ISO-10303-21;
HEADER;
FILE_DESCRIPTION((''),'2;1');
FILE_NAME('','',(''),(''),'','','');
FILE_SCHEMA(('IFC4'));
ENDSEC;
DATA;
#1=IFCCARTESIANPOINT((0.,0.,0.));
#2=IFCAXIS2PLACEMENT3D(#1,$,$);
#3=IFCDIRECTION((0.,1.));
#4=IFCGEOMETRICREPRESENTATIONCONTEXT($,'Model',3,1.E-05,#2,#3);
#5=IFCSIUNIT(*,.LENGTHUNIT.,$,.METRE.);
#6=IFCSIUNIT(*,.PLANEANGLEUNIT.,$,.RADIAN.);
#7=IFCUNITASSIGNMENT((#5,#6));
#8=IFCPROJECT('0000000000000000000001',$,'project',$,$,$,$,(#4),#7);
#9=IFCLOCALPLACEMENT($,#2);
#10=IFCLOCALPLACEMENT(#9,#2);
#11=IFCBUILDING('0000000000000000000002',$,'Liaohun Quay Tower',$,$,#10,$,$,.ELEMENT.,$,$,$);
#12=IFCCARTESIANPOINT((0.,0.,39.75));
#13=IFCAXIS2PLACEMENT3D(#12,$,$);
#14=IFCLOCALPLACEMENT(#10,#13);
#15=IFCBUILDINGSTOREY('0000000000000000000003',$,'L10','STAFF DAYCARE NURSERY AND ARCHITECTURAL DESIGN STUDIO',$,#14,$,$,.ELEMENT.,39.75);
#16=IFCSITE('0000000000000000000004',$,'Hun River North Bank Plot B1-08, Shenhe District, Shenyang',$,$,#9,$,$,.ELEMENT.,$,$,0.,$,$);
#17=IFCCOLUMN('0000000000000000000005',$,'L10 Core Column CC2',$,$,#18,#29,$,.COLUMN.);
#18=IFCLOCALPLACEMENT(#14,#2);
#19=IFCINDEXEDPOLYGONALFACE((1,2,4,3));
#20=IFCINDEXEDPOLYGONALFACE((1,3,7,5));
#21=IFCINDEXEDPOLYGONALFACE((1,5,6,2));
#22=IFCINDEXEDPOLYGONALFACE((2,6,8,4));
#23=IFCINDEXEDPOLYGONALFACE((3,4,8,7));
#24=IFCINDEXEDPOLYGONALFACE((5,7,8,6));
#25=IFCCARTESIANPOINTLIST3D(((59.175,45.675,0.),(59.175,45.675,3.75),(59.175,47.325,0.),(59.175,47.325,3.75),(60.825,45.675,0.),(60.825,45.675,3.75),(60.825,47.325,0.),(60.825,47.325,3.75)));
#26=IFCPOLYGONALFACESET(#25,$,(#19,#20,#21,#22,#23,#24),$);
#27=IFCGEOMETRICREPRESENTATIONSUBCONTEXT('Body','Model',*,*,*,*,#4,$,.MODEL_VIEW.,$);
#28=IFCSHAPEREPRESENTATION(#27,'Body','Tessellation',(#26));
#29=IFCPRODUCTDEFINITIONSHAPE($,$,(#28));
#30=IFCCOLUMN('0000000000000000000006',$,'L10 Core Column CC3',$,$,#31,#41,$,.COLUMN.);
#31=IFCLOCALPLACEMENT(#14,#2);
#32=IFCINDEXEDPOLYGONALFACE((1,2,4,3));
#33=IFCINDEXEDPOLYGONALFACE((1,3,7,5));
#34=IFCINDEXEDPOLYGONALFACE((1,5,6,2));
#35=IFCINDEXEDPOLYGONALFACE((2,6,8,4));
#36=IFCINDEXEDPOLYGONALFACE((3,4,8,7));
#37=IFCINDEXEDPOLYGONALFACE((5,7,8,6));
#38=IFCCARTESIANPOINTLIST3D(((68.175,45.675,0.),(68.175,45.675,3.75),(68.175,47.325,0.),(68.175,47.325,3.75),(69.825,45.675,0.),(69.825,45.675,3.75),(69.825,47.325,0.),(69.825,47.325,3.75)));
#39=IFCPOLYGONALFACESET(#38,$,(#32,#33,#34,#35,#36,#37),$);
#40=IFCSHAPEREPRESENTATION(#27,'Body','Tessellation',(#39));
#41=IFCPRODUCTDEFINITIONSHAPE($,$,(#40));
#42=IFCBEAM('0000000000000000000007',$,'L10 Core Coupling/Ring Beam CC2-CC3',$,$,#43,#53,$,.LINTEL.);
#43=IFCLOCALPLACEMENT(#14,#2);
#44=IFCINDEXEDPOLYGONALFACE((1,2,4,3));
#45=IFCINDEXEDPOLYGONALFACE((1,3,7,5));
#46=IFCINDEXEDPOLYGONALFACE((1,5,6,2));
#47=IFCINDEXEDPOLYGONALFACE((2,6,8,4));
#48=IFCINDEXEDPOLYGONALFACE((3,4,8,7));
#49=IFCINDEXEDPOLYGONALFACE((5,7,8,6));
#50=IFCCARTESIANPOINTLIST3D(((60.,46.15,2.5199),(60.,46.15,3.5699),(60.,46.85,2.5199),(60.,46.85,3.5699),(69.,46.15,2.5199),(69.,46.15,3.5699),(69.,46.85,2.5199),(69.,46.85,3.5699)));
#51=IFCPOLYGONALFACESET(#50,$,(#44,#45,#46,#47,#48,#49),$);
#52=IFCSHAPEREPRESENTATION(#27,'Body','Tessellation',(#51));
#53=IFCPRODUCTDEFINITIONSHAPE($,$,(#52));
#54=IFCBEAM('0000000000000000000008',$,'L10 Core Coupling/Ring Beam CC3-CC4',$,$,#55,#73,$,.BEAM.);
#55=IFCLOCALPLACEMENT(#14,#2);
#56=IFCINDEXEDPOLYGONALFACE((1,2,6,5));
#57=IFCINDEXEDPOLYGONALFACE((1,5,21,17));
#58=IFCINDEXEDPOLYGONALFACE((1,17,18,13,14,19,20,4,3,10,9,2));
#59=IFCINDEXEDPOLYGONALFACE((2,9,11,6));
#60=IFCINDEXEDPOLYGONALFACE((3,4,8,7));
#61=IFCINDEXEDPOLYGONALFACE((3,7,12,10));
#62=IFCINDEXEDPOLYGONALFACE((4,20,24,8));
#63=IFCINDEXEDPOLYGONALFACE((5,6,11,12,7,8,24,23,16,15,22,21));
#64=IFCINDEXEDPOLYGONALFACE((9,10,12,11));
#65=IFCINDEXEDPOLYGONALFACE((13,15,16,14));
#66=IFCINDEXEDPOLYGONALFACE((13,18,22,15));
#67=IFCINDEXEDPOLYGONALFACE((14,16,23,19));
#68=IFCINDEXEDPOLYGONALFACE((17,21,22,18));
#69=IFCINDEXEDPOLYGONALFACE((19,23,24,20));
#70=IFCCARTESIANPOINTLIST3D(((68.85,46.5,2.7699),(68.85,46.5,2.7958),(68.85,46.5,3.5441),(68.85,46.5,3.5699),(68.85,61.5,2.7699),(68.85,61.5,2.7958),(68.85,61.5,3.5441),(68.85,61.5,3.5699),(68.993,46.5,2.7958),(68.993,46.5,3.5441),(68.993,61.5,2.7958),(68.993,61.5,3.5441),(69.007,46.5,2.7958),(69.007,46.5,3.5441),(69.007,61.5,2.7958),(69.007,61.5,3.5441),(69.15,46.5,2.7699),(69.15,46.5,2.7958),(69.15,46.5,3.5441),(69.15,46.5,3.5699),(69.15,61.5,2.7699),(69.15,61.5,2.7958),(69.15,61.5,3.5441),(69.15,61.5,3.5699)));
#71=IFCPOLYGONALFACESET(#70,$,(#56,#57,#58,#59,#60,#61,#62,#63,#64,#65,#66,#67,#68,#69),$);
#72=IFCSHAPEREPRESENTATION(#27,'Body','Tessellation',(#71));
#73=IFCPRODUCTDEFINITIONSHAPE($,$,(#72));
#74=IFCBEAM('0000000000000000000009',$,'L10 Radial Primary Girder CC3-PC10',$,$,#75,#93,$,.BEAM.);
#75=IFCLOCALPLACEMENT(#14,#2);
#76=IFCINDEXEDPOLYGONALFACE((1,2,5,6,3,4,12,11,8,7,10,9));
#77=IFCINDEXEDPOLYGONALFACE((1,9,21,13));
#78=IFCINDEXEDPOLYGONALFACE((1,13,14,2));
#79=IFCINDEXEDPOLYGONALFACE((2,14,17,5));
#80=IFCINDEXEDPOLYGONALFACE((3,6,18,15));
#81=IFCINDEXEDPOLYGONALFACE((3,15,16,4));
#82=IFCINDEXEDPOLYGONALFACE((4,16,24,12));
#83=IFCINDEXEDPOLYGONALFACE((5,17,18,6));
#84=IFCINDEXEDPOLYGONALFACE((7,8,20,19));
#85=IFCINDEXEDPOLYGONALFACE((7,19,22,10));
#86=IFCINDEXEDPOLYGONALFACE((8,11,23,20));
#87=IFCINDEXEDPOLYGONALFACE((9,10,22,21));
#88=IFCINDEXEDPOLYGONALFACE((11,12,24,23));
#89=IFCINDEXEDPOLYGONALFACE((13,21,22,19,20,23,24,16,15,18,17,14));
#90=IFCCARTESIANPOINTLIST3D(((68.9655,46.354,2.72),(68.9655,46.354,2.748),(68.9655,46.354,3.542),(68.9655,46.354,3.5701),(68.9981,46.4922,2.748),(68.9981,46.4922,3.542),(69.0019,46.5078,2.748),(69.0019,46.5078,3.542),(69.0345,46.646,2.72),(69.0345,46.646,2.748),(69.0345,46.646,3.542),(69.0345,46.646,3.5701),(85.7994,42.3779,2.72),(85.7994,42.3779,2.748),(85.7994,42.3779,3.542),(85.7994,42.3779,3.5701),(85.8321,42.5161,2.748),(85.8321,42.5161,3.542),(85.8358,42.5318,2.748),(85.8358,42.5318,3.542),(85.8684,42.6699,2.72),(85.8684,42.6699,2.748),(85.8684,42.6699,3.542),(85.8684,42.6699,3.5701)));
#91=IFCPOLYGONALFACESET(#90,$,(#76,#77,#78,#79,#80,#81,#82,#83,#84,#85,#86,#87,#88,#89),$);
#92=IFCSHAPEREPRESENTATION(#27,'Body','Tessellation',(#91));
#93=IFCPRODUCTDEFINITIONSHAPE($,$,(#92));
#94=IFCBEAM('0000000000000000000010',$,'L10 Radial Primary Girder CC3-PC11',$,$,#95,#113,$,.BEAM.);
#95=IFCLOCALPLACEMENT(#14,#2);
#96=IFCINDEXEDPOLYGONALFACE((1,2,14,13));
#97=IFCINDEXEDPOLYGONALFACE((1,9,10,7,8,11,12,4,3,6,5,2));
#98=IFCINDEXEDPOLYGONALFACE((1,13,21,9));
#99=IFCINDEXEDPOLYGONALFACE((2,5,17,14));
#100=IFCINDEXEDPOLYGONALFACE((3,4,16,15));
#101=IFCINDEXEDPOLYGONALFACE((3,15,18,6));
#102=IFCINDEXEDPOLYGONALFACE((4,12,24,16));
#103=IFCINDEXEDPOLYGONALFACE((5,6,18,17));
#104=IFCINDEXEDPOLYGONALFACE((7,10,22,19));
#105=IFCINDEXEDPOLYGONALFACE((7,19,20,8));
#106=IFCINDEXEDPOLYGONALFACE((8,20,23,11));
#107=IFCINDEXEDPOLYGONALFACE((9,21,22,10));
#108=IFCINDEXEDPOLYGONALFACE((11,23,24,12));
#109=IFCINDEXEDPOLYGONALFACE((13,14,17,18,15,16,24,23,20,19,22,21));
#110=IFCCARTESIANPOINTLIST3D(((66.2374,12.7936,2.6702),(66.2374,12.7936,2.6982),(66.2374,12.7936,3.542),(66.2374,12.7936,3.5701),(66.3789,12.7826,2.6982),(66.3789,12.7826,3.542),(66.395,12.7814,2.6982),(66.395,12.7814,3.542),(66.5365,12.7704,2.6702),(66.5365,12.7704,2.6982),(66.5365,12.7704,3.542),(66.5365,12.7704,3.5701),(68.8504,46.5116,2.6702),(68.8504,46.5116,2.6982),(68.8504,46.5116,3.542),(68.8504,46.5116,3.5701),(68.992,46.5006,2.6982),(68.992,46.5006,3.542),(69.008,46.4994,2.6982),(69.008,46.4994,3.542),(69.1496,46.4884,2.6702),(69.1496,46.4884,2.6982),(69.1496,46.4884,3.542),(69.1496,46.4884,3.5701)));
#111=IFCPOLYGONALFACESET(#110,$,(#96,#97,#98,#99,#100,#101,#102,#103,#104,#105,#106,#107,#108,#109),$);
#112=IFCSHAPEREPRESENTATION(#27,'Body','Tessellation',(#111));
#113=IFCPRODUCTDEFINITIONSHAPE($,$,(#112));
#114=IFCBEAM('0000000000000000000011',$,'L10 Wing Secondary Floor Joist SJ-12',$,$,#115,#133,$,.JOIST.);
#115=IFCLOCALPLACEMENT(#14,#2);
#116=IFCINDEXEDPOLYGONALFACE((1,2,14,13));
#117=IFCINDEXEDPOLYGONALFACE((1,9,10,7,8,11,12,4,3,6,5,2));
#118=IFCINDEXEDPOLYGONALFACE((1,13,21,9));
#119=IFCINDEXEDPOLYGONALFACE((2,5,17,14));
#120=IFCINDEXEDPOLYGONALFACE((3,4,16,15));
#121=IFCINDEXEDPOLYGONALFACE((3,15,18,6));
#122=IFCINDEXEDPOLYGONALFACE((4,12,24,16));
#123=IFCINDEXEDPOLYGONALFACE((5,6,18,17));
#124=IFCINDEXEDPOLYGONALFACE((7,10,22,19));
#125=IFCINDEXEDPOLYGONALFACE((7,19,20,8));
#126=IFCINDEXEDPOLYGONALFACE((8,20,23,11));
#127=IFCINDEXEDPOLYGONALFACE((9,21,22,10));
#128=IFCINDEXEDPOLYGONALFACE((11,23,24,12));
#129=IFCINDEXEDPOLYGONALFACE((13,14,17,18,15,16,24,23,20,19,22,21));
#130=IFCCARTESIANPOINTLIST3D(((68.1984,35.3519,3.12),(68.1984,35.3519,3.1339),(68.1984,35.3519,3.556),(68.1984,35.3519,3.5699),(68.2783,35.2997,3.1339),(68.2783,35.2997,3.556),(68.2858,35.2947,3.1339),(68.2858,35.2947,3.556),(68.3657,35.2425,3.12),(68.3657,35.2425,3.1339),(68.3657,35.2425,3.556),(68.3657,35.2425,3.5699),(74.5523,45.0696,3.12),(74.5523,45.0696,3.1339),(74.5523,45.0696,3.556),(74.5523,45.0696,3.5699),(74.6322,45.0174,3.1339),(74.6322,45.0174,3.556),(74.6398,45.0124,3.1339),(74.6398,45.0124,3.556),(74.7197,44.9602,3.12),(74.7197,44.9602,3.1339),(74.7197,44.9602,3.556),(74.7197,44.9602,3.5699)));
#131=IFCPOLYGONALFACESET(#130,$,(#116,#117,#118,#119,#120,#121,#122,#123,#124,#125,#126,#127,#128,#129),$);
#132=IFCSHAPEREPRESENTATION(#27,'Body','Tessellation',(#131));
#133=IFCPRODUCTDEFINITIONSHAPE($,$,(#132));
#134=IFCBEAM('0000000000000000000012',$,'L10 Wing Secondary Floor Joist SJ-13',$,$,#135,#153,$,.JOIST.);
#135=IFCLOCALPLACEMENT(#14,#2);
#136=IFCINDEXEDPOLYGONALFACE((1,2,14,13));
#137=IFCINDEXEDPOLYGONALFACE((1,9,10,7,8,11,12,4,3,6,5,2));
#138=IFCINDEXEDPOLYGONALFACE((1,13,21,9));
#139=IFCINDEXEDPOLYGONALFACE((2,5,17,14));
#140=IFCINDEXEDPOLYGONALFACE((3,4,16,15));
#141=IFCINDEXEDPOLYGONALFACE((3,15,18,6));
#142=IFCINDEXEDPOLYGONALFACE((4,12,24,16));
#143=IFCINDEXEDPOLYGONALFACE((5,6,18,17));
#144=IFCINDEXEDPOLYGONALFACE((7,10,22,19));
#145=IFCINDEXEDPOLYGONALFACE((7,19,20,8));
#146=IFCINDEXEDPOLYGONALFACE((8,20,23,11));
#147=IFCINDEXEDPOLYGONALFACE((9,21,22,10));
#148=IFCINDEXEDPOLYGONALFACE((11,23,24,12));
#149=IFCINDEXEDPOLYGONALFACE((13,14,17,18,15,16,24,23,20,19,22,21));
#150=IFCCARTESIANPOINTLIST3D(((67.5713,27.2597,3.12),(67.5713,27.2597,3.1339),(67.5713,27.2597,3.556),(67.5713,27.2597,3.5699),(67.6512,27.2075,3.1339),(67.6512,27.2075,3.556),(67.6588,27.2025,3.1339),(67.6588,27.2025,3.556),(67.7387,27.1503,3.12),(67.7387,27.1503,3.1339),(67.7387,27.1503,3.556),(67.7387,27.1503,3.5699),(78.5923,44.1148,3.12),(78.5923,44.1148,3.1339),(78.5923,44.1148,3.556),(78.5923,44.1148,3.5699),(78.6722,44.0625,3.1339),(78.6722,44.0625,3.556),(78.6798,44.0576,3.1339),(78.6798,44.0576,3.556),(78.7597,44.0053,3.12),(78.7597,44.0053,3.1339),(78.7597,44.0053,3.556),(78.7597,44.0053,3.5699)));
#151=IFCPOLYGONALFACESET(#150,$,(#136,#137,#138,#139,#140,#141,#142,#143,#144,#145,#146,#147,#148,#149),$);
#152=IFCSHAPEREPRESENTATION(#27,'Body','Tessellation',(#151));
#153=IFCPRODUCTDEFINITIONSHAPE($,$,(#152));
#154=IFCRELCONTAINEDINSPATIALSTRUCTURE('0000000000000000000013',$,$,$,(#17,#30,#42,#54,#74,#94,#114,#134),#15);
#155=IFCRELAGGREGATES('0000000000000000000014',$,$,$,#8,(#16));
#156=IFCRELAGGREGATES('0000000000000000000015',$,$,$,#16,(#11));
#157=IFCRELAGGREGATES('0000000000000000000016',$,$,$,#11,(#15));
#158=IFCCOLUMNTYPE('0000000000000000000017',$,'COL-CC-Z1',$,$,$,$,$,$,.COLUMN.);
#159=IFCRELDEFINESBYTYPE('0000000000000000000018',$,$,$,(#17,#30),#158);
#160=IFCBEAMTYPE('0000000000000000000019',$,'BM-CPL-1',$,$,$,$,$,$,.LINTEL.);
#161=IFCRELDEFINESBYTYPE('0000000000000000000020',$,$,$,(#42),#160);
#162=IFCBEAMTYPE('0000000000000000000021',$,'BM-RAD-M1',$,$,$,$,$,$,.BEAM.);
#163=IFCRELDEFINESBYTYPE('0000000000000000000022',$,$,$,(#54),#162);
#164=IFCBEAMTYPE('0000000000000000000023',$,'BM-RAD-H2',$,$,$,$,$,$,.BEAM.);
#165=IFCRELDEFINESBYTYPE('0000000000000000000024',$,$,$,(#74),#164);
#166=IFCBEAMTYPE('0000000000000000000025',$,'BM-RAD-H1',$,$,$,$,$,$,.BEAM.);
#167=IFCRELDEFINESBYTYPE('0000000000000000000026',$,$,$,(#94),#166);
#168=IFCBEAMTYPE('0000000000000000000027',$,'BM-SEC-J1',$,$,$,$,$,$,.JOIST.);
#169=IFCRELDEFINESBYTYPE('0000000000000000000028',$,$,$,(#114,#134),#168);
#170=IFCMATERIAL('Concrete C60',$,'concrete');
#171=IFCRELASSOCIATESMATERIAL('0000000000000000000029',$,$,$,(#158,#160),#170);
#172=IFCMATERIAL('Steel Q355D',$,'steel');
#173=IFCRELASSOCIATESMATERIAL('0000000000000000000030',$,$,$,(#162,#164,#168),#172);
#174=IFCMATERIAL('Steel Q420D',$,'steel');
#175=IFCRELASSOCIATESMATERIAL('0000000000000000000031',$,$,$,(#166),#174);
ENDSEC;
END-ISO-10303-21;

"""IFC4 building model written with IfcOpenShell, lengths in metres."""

from ifc_helpers import new_model, si_unit, direction, frame, origin, origin_2d, place, context, subcontext, project, spatial, rectangle, i_section, extrude, source, transform, mapped, material, material_profile, profile_set, type_object, element, save


model = new_model("IFC4")

# Units and contexts
model_context = context("Model", 3, precision=1e-05, world=origin(), true_north=direction((0.0, 1.0)))
body_context = subcontext(model_context, "Body", "Model", "MODEL_VIEW")
ifc_project = project(units=[si_unit("LENGTHUNIT", "METRE"), si_unit("PLANEANGLEUNIT", "RADIAN")], contexts=[model_context])

# Site, building, storey
site_placement = place(None, origin())
site = spatial("IfcSite", under=ifc_project, at=site_placement, Name="Hun River North Bank Plot B1-08, Shenhe District, Shenyang", CompositionType="ELEMENT", RefElevation=0.0)
building_placement = place(site_placement, origin())
building = spatial("IfcBuilding", under=site, at=building_placement, Name="Liaohun Quay Tower", CompositionType="ELEMENT")
storey_placement = place(building_placement, frame((0.0, 0.0, 39.75)))
storey = spatial("IfcBuildingStorey", under=building, at=storey_placement, Name="L10", Description="STAFF DAYCARE NURSERY AND ARCHITECTURAL DESIGN STUDIO", CompositionType="ELEMENT", Elevation=39.75)

# Columns
ifc_material_1 = material(Name="Concrete C60", Category="concrete")
ifc_material_profile_1 = material_profile(ifc_material_1, rectangle(XDim=1.6499, YDim=1.6499, at=origin_2d()), Name="RC1650x1650")
ifc_profile_set_1 = profile_set([ifc_material_profile_1], Name="Concrete C60")
column_type = type_object("IfcColumnType", Name="COL-CC-Z1", PredefinedType="COLUMN", material=ifc_profile_set_1)
shared_shape_1 = source(origin(), body_context, "Body", "SweptSolid", [
    extrude(rectangle(XDim=1.6499, YDim=1.6499, at=origin_2d()), origin(), (0.0, 0.0, 1.0), 3.75),
])
for number, where, z_axis, x_axis, name in (
    (1, (60.0, 46.5, 0.0), (0.0, 0.0, 1.0), (1.0, 0.0, 0.0), "L10 Core Column CC2"),
    (2, (69.0, 46.5, 0.0), (0.0, 0.0, 1.0), (1.0, 0.0, 0.0), "L10 Core Column CC3"),
):
    element("IfcColumn", number, at=place(storey_placement, frame(where, z_axis=z_axis, x_axis=x_axis)), inside=storey, type_object=column_type, Name=name, PredefinedType="COLUMN", context=body_context, shape_type="MappedRepresentation", body=[
        mapped(shared_shape_1, transform((0.0, 0.0, 0.0), x_axis=(1.0, 0.0, 0.0), y_axis=(0.0, 1.0, 0.0), z_axis=(0.0, 0.0, 1.0), scale=1.0)),
    ])

# Beams
ifc_material_profile_2 = material_profile(ifc_material_1, rectangle(XDim=0.7, YDim=1.05, at=origin_2d()), Name="RC700x1050")
ifc_profile_set_2 = profile_set([ifc_material_profile_2], Name="Concrete C60")
beam_type_1 = type_object("IfcBeamType", Name="BM-CPL-1", PredefinedType="LINTEL", material=ifc_profile_set_2)
shared_shape_2 = source(origin(), body_context, "Body", "SweptSolid", [
    extrude(rectangle(XDim=0.7, YDim=1.05, at=origin_2d()), origin(), (0.0, 0.0, 1.0), 9.0),
])
beam_1_placement = place(storey_placement, frame((60.0, 46.5, 3.0449), z_axis=(1.0, 0.0, 0.0), x_axis=(0.0, 1.0, 0.0)))
element("IfcBeam", 3, at=beam_1_placement, inside=storey, type_object=beam_type_1, Name="L10 Core Coupling/Ring Beam CC2-CC3", PredefinedType="LINTEL", context=body_context, shape_type="MappedRepresentation", body=[
    mapped(shared_shape_2, transform((0.0, 0.0, 0.0), x_axis=(1.0, 0.0, 0.0), y_axis=(0.0, 1.0, 0.0), z_axis=(0.0, 0.0, 1.0), scale=1.0)),
])
ifc_material_2 = material(Name="Steel Q355D", Category="steel")
ifc_material_profile_3 = material_profile(ifc_material_2, i_section(OverallWidth=0.3, OverallDepth=0.8, WebThickness=0.0139, FlangeThickness=0.0259, at=origin_2d()), Name="HN800x300x14x26")
ifc_profile_set_3 = profile_set([ifc_material_profile_3], Name="Steel Q355D")
beam_type_2 = type_object("IfcBeamType", Name="BM-RAD-M1", PredefinedType="BEAM", material=ifc_profile_set_3)
shared_shape_3 = source(origin(), body_context, "Body", "SweptSolid", [
    extrude(i_section(OverallWidth=0.3, OverallDepth=0.8, WebThickness=0.0139, FlangeThickness=0.0259, at=origin_2d()), origin(), (0.0, 0.0, 1.0), 15.0),
])
beam_2_placement = place(storey_placement, frame((69.0, 46.5, 3.1699), z_axis=(0.0, 1.0, 0.0), x_axis=(-1.0, 0.0, 0.0)))
element("IfcBeam", 4, at=beam_2_placement, inside=storey, type_object=beam_type_2, Name="L10 Core Coupling/Ring Beam CC3-CC4", PredefinedType="BEAM", context=body_context, shape_type="MappedRepresentation", body=[
    mapped(shared_shape_3, transform((0.0, 0.0, 0.0), x_axis=(1.0, 0.0, 0.0), y_axis=(0.0, 1.0, 0.0), z_axis=(0.0, 0.0, 1.0), scale=1.0)),
])
ifc_material_profile_4 = material_profile(ifc_material_2, i_section(OverallWidth=0.3, OverallDepth=0.8501, WebThickness=0.0161, FlangeThickness=0.0281, at=origin_2d()), Name="HN850x300x16x28")
ifc_profile_set_4 = profile_set([ifc_material_profile_4], Name="Steel Q355D")
beam_type_3 = type_object("IfcBeamType", Name="BM-RAD-H2", PredefinedType="BEAM", material=ifc_profile_set_4)
shared_shape_4 = source(origin(), body_context, "Body", "SweptSolid", [
    extrude(i_section(OverallWidth=0.3, OverallDepth=0.8501, WebThickness=0.0161, FlangeThickness=0.0281, at=origin_2d()), origin(), (0.0, 0.0, 1.0), 17.2971),
])
beam_3_placement = place(storey_placement, frame((69.0, 46.5, 3.145), z_axis=(0.973222, -0.229868, 0.0), x_axis=(0.229868, 0.973222, 0.0)))
element("IfcBeam", 5, at=beam_3_placement, inside=storey, type_object=beam_type_3, Name="L10 Radial Primary Girder CC3-PC10", PredefinedType="BEAM", context=body_context, shape_type="MappedRepresentation", body=[
    mapped(shared_shape_4, transform((0.0, 0.0, 0.0), x_axis=(1.0, 0.0, 0.0), y_axis=(0.0, 1.0, 0.0), z_axis=(0.0, 0.0, 1.0), scale=1.0)),
])
ifc_material_3 = material(Name="Steel Q420D", Category="steel")
ifc_material_profile_5 = material_profile(ifc_material_3, i_section(OverallWidth=0.3, OverallDepth=0.8999, WebThickness=0.0161, FlangeThickness=0.0281, at=origin_2d()), Name="HN900x300x16x28")
ifc_profile_set_5 = profile_set([ifc_material_profile_5], Name="Steel Q420D")
beam_type_4 = type_object("IfcBeamType", Name="BM-RAD-H1", PredefinedType="BEAM", material=ifc_profile_set_5)
shared_shape_5 = source(origin(), body_context, "Body", "SweptSolid", [
    extrude(i_section(OverallWidth=0.3, OverallDepth=0.8999, WebThickness=0.0161, FlangeThickness=0.0281, at=origin_2d()), origin(), (0.0, 0.0, 1.0), 33.8191),
])
beam_4_placement = place(storey_placement, frame((69.0, 46.5, 3.1201), z_axis=(-0.077265, -0.997011, 0.0), x_axis=(0.997011, -0.077265, 0.0)))
element("IfcBeam", 6, at=beam_4_placement, inside=storey, type_object=beam_type_4, Name="L10 Radial Primary Girder CC3-PC11", PredefinedType="BEAM", context=body_context, shape_type="MappedRepresentation", body=[
    mapped(shared_shape_5, transform((0.0, 0.0, 0.0), x_axis=(1.0, 0.0, 0.0), y_axis=(0.0, 1.0, 0.0), z_axis=(0.0, 0.0, 1.0), scale=1.0)),
])
ifc_material_profile_6 = material_profile(ifc_material_2, i_section(OverallWidth=0.2, OverallDepth=0.45, WebThickness=0.009, FlangeThickness=0.0139, at=origin_2d()), Name="HN450x200x9x14")
ifc_profile_set_6 = profile_set([ifc_material_profile_6], Name="Steel Q355D")
beam_type_5 = type_object("IfcBeamType", Name="BM-SEC-J1", PredefinedType="JOIST", material=ifc_profile_set_6)
shared_shape_6 = source(origin(), body_context, "Body", "SweptSolid", [
    extrude(i_section(OverallWidth=0.2, OverallDepth=0.45, WebThickness=0.009, FlangeThickness=0.0139, at=origin_2d()), origin(), (0.0, 0.0, 1.0), 11.6106),
])
beam_5_placement = place(storey_placement, frame((74.636, 45.0149, 3.345), z_axis=(-0.547254, -0.836967, 0.0), x_axis=(0.836967, -0.547254, 0.0)))
element("IfcBeam", 7, at=beam_5_placement, inside=storey, type_object=beam_type_5, Name="L10 Wing Secondary Floor Joist SJ-12", PredefinedType="JOIST", context=body_context, shape_type="MappedRepresentation", body=[
    mapped(shared_shape_6, transform((0.0, 0.0, 0.0), x_axis=(1.0, 0.0, 0.0), y_axis=(0.0, 1.0, 0.0), z_axis=(0.0, 0.0, 1.0), scale=1.0)),
])
shared_shape_7 = source(origin(), body_context, "Body", "SweptSolid", [
    extrude(i_section(OverallWidth=0.2, OverallDepth=0.45, WebThickness=0.009, FlangeThickness=0.0139, at=origin_2d()), origin(), (0.0, 0.0, 1.0), 20.1384),
])
beam_6_placement = place(storey_placement, frame((78.676, 44.0601, 3.345), z_axis=(-0.547264, -0.83696, 0.0), x_axis=(0.83696, -0.547264, 0.0)))
element("IfcBeam", 8, at=beam_6_placement, inside=storey, type_object=beam_type_5, Name="L10 Wing Secondary Floor Joist SJ-13", PredefinedType="JOIST", context=body_context, shape_type="MappedRepresentation", body=[
    mapped(shared_shape_7, transform((0.0, 0.0, 0.0), x_axis=(1.0, 0.0, 0.0), y_axis=(0.0, 1.0, 0.0), z_axis=(0.0, 0.0, 1.0), scale=1.0)),
])

save(model, "model.ifc")
